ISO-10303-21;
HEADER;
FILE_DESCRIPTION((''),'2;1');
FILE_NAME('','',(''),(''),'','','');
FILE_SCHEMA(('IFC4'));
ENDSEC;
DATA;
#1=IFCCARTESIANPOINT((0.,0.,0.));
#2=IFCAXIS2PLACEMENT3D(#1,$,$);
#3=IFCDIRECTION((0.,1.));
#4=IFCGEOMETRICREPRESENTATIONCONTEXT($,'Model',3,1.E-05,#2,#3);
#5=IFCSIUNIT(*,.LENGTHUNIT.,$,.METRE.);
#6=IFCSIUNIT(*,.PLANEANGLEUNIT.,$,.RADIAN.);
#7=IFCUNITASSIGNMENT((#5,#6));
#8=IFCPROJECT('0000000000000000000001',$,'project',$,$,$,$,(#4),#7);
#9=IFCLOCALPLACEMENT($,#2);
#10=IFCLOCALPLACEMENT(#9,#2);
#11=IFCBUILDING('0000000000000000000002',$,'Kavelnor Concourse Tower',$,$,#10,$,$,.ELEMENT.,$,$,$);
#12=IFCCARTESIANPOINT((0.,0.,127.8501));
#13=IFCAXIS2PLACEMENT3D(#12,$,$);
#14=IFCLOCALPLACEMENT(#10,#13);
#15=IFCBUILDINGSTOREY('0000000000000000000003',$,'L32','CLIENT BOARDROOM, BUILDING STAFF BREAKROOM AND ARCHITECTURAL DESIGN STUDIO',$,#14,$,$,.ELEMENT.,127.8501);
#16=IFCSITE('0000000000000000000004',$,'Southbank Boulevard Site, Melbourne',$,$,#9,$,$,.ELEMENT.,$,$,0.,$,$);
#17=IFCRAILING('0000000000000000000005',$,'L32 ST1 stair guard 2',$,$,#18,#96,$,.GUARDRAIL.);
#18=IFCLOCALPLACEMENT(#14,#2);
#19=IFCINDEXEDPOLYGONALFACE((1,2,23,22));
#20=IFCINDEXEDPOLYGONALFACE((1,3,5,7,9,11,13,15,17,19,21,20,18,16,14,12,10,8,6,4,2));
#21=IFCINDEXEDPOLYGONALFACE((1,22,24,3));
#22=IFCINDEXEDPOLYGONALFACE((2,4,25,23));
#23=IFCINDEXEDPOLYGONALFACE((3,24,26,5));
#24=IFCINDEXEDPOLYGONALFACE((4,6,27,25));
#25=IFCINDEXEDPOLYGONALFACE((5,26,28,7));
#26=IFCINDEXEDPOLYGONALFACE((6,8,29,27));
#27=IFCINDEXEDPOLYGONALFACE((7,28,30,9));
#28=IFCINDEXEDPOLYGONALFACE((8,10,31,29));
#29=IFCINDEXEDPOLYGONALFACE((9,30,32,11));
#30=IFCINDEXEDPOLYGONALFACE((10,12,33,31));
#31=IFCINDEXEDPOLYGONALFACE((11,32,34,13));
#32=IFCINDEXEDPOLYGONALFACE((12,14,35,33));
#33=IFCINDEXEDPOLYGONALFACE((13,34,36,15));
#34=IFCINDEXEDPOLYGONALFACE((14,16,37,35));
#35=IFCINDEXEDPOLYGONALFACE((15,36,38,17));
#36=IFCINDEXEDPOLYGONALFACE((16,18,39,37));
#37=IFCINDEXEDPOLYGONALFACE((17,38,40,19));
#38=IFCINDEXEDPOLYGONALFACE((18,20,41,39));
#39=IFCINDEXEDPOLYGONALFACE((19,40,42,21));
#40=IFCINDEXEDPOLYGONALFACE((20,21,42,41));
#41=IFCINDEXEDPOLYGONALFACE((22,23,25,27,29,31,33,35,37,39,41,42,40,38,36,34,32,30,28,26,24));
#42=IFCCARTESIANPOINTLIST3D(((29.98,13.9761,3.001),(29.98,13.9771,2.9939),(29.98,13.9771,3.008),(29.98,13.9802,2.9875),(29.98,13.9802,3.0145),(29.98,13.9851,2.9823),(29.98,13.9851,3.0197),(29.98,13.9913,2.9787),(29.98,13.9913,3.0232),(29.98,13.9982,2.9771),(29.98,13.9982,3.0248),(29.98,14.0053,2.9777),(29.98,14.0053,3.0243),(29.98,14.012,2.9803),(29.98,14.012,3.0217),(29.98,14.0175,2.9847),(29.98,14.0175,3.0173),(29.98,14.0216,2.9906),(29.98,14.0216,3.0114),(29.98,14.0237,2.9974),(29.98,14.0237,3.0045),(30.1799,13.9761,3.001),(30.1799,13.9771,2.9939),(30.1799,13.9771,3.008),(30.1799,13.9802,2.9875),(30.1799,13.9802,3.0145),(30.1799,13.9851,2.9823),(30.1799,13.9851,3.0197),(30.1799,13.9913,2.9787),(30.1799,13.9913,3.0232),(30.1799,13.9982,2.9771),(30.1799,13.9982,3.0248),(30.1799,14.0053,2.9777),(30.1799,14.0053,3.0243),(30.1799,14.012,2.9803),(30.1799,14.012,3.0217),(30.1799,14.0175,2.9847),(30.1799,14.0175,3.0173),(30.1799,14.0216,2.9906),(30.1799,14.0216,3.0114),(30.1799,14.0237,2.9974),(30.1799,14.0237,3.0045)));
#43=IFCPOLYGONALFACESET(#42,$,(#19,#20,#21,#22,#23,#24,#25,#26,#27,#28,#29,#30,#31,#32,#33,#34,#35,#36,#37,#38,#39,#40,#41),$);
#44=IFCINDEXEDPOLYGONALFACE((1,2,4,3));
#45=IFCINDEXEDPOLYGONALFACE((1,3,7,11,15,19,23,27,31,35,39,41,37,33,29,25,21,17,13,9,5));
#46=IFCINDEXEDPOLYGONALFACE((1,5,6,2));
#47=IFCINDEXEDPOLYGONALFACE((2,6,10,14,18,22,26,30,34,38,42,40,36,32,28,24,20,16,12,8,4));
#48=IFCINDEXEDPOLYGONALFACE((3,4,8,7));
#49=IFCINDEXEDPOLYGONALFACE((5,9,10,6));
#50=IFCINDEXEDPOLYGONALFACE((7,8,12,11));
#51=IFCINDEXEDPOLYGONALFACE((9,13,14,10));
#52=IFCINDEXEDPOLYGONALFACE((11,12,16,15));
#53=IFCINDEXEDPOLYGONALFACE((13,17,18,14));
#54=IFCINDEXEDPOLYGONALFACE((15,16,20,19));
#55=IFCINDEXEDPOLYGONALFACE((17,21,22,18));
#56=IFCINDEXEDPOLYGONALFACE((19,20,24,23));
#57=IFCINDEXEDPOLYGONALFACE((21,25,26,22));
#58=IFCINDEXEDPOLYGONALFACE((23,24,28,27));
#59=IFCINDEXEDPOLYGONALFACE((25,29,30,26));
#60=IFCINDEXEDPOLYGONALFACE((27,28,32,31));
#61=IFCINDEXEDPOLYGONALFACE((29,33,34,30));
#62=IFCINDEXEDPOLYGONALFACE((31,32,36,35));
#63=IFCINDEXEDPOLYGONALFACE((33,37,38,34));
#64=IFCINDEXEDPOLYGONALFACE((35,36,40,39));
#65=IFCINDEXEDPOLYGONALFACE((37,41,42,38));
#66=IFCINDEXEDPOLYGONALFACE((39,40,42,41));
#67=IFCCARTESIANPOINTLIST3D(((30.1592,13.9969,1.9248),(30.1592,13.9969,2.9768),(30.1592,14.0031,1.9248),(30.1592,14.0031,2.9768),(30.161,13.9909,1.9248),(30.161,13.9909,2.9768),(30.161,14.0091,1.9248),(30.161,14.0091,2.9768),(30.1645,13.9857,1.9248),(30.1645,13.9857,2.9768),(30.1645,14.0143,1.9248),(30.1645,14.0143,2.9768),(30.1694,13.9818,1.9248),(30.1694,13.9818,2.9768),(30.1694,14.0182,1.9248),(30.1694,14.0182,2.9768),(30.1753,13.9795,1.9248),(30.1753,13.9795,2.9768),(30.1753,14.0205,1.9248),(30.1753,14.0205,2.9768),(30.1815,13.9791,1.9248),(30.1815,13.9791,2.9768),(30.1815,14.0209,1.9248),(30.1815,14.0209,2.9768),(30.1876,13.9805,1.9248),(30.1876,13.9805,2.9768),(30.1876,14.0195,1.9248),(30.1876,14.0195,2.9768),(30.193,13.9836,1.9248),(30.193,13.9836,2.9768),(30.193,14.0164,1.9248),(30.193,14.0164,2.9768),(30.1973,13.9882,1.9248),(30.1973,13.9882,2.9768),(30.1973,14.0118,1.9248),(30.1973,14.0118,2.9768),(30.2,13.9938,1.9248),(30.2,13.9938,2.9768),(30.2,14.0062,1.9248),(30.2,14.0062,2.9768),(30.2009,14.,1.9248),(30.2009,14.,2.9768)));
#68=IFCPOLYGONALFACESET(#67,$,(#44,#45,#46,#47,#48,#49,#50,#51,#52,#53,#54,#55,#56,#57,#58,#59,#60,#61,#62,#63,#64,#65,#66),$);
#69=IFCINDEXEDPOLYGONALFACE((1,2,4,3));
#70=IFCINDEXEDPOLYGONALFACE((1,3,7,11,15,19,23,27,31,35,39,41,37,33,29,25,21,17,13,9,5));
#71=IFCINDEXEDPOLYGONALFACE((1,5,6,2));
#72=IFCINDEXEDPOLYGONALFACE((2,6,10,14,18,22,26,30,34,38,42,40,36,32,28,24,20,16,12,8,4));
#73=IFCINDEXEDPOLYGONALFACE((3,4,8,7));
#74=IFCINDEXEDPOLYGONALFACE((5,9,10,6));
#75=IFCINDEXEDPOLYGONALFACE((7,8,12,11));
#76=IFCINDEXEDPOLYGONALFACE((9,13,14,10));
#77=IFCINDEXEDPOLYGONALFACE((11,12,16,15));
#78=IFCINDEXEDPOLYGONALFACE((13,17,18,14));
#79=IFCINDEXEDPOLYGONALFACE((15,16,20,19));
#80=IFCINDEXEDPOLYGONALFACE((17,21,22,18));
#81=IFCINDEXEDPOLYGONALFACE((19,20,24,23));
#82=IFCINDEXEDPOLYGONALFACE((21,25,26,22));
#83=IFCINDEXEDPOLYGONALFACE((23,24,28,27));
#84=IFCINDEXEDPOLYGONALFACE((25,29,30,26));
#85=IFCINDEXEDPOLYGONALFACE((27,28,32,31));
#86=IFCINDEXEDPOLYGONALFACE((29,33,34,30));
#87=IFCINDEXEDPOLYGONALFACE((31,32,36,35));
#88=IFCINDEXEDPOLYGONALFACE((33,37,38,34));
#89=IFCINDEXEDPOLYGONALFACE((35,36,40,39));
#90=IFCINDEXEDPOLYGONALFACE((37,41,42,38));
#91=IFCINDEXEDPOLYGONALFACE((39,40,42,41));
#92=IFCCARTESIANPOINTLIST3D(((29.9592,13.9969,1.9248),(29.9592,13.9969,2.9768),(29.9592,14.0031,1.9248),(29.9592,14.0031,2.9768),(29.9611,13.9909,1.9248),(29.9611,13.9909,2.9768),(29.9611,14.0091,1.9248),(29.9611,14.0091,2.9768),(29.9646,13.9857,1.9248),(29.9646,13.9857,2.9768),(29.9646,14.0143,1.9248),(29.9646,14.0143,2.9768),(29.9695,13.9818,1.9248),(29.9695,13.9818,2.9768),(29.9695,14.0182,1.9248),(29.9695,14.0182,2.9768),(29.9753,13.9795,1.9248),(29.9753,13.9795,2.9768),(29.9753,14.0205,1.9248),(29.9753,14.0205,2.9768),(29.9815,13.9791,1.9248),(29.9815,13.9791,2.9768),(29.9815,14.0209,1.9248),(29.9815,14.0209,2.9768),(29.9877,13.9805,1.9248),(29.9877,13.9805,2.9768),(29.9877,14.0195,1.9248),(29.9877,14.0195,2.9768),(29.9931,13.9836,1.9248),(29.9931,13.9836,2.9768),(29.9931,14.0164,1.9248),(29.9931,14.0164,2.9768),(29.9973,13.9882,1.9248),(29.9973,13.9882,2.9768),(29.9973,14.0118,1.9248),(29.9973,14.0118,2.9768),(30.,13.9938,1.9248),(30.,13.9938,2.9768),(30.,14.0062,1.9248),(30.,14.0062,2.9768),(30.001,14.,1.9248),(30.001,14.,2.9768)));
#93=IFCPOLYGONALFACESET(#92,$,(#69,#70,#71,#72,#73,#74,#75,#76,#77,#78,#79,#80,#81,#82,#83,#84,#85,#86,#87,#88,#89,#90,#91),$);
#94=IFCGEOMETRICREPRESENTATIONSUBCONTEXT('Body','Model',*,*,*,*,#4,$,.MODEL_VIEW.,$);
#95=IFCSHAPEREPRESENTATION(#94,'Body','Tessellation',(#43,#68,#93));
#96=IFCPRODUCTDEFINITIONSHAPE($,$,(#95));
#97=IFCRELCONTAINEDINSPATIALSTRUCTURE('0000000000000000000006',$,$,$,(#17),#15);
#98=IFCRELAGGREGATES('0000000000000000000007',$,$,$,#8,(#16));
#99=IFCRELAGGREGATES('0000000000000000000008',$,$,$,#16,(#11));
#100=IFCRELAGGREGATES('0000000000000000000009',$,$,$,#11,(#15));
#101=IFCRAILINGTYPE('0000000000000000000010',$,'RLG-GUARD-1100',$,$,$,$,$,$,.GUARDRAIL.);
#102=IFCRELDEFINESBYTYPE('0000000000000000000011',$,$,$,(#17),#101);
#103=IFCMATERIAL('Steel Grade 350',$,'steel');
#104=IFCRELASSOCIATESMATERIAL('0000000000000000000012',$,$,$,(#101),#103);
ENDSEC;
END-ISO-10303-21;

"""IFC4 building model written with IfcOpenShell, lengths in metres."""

from ifc_helpers import new_model, si_unit, direction, frame, origin, origin_2d, place, context, subcontext, project, spatial, circle, extrude, material, type_object, element, save


model = new_model("IFC4")

# Units and contexts
model_context = context("Model", 3, precision=1e-05, world=origin(), true_north=direction((0.0, 1.0)))
body_context = subcontext(model_context, "Body", "Model", "MODEL_VIEW")
ifc_project = project(units=[si_unit("LENGTHUNIT", "METRE"), si_unit("PLANEANGLEUNIT", "RADIAN")], contexts=[model_context])

# Site, building, storey
site_placement = place(None, origin())
site = spatial("IfcSite", under=ifc_project, at=site_placement, Name="Southbank Boulevard Site, Melbourne", CompositionType="ELEMENT", RefElevation=0.0)
building_placement = place(site_placement, origin())
building = spatial("IfcBuilding", under=site, at=building_placement, Name="Kavelnor Concourse Tower", CompositionType="ELEMENT")
storey_placement = place(building_placement, frame((0.0, 0.0, 127.8501)))
storey = spatial("IfcBuildingStorey", under=building, at=storey_placement, Name="L32", Description="CLIENT BOARDROOM, BUILDING STAFF BREAKROOM AND ARCHITECTURAL DESIGN STUDIO", CompositionType="ELEMENT", Elevation=127.8501)

# Shared definitions
ifc_material_1 = material(Name="Steel Grade 350", Category="steel")

# Railing
railing_type = type_object("IfcRailingType", Name="RLG-GUARD-1100", PredefinedType="GUARDRAIL", material=ifc_material_1)
railing_1_placement = place(storey_placement, frame((30.1799, 14.0, 1.9248)))
element("IfcRailing", 1, at=railing_1_placement, inside=storey, type_object=railing_type, Name="L32 ST1 stair guard 2", PredefinedType="GUARDRAIL", context=body_context, shape_type="SweptSolid", body=[
    extrude(circle(Radius=0.0239, at=origin_2d()), frame((0.0, 0.0, 1.0762), z_axis=(-1.0, 0.0, 0.0), x_axis=(0.0, -1.0, 0.0)), (0.0, 0.0, 1.0), 0.2),
    extrude(circle(Radius=0.021, at=origin_2d()), origin(), (0.0, 0.0, 1.0), 1.052),
    extrude(circle(Radius=0.021, at=origin_2d()), frame((-0.2, 0.0, 0.0)), (0.0, 0.0, 1.0), 1.052),
])

save(model, "model.ifc")
